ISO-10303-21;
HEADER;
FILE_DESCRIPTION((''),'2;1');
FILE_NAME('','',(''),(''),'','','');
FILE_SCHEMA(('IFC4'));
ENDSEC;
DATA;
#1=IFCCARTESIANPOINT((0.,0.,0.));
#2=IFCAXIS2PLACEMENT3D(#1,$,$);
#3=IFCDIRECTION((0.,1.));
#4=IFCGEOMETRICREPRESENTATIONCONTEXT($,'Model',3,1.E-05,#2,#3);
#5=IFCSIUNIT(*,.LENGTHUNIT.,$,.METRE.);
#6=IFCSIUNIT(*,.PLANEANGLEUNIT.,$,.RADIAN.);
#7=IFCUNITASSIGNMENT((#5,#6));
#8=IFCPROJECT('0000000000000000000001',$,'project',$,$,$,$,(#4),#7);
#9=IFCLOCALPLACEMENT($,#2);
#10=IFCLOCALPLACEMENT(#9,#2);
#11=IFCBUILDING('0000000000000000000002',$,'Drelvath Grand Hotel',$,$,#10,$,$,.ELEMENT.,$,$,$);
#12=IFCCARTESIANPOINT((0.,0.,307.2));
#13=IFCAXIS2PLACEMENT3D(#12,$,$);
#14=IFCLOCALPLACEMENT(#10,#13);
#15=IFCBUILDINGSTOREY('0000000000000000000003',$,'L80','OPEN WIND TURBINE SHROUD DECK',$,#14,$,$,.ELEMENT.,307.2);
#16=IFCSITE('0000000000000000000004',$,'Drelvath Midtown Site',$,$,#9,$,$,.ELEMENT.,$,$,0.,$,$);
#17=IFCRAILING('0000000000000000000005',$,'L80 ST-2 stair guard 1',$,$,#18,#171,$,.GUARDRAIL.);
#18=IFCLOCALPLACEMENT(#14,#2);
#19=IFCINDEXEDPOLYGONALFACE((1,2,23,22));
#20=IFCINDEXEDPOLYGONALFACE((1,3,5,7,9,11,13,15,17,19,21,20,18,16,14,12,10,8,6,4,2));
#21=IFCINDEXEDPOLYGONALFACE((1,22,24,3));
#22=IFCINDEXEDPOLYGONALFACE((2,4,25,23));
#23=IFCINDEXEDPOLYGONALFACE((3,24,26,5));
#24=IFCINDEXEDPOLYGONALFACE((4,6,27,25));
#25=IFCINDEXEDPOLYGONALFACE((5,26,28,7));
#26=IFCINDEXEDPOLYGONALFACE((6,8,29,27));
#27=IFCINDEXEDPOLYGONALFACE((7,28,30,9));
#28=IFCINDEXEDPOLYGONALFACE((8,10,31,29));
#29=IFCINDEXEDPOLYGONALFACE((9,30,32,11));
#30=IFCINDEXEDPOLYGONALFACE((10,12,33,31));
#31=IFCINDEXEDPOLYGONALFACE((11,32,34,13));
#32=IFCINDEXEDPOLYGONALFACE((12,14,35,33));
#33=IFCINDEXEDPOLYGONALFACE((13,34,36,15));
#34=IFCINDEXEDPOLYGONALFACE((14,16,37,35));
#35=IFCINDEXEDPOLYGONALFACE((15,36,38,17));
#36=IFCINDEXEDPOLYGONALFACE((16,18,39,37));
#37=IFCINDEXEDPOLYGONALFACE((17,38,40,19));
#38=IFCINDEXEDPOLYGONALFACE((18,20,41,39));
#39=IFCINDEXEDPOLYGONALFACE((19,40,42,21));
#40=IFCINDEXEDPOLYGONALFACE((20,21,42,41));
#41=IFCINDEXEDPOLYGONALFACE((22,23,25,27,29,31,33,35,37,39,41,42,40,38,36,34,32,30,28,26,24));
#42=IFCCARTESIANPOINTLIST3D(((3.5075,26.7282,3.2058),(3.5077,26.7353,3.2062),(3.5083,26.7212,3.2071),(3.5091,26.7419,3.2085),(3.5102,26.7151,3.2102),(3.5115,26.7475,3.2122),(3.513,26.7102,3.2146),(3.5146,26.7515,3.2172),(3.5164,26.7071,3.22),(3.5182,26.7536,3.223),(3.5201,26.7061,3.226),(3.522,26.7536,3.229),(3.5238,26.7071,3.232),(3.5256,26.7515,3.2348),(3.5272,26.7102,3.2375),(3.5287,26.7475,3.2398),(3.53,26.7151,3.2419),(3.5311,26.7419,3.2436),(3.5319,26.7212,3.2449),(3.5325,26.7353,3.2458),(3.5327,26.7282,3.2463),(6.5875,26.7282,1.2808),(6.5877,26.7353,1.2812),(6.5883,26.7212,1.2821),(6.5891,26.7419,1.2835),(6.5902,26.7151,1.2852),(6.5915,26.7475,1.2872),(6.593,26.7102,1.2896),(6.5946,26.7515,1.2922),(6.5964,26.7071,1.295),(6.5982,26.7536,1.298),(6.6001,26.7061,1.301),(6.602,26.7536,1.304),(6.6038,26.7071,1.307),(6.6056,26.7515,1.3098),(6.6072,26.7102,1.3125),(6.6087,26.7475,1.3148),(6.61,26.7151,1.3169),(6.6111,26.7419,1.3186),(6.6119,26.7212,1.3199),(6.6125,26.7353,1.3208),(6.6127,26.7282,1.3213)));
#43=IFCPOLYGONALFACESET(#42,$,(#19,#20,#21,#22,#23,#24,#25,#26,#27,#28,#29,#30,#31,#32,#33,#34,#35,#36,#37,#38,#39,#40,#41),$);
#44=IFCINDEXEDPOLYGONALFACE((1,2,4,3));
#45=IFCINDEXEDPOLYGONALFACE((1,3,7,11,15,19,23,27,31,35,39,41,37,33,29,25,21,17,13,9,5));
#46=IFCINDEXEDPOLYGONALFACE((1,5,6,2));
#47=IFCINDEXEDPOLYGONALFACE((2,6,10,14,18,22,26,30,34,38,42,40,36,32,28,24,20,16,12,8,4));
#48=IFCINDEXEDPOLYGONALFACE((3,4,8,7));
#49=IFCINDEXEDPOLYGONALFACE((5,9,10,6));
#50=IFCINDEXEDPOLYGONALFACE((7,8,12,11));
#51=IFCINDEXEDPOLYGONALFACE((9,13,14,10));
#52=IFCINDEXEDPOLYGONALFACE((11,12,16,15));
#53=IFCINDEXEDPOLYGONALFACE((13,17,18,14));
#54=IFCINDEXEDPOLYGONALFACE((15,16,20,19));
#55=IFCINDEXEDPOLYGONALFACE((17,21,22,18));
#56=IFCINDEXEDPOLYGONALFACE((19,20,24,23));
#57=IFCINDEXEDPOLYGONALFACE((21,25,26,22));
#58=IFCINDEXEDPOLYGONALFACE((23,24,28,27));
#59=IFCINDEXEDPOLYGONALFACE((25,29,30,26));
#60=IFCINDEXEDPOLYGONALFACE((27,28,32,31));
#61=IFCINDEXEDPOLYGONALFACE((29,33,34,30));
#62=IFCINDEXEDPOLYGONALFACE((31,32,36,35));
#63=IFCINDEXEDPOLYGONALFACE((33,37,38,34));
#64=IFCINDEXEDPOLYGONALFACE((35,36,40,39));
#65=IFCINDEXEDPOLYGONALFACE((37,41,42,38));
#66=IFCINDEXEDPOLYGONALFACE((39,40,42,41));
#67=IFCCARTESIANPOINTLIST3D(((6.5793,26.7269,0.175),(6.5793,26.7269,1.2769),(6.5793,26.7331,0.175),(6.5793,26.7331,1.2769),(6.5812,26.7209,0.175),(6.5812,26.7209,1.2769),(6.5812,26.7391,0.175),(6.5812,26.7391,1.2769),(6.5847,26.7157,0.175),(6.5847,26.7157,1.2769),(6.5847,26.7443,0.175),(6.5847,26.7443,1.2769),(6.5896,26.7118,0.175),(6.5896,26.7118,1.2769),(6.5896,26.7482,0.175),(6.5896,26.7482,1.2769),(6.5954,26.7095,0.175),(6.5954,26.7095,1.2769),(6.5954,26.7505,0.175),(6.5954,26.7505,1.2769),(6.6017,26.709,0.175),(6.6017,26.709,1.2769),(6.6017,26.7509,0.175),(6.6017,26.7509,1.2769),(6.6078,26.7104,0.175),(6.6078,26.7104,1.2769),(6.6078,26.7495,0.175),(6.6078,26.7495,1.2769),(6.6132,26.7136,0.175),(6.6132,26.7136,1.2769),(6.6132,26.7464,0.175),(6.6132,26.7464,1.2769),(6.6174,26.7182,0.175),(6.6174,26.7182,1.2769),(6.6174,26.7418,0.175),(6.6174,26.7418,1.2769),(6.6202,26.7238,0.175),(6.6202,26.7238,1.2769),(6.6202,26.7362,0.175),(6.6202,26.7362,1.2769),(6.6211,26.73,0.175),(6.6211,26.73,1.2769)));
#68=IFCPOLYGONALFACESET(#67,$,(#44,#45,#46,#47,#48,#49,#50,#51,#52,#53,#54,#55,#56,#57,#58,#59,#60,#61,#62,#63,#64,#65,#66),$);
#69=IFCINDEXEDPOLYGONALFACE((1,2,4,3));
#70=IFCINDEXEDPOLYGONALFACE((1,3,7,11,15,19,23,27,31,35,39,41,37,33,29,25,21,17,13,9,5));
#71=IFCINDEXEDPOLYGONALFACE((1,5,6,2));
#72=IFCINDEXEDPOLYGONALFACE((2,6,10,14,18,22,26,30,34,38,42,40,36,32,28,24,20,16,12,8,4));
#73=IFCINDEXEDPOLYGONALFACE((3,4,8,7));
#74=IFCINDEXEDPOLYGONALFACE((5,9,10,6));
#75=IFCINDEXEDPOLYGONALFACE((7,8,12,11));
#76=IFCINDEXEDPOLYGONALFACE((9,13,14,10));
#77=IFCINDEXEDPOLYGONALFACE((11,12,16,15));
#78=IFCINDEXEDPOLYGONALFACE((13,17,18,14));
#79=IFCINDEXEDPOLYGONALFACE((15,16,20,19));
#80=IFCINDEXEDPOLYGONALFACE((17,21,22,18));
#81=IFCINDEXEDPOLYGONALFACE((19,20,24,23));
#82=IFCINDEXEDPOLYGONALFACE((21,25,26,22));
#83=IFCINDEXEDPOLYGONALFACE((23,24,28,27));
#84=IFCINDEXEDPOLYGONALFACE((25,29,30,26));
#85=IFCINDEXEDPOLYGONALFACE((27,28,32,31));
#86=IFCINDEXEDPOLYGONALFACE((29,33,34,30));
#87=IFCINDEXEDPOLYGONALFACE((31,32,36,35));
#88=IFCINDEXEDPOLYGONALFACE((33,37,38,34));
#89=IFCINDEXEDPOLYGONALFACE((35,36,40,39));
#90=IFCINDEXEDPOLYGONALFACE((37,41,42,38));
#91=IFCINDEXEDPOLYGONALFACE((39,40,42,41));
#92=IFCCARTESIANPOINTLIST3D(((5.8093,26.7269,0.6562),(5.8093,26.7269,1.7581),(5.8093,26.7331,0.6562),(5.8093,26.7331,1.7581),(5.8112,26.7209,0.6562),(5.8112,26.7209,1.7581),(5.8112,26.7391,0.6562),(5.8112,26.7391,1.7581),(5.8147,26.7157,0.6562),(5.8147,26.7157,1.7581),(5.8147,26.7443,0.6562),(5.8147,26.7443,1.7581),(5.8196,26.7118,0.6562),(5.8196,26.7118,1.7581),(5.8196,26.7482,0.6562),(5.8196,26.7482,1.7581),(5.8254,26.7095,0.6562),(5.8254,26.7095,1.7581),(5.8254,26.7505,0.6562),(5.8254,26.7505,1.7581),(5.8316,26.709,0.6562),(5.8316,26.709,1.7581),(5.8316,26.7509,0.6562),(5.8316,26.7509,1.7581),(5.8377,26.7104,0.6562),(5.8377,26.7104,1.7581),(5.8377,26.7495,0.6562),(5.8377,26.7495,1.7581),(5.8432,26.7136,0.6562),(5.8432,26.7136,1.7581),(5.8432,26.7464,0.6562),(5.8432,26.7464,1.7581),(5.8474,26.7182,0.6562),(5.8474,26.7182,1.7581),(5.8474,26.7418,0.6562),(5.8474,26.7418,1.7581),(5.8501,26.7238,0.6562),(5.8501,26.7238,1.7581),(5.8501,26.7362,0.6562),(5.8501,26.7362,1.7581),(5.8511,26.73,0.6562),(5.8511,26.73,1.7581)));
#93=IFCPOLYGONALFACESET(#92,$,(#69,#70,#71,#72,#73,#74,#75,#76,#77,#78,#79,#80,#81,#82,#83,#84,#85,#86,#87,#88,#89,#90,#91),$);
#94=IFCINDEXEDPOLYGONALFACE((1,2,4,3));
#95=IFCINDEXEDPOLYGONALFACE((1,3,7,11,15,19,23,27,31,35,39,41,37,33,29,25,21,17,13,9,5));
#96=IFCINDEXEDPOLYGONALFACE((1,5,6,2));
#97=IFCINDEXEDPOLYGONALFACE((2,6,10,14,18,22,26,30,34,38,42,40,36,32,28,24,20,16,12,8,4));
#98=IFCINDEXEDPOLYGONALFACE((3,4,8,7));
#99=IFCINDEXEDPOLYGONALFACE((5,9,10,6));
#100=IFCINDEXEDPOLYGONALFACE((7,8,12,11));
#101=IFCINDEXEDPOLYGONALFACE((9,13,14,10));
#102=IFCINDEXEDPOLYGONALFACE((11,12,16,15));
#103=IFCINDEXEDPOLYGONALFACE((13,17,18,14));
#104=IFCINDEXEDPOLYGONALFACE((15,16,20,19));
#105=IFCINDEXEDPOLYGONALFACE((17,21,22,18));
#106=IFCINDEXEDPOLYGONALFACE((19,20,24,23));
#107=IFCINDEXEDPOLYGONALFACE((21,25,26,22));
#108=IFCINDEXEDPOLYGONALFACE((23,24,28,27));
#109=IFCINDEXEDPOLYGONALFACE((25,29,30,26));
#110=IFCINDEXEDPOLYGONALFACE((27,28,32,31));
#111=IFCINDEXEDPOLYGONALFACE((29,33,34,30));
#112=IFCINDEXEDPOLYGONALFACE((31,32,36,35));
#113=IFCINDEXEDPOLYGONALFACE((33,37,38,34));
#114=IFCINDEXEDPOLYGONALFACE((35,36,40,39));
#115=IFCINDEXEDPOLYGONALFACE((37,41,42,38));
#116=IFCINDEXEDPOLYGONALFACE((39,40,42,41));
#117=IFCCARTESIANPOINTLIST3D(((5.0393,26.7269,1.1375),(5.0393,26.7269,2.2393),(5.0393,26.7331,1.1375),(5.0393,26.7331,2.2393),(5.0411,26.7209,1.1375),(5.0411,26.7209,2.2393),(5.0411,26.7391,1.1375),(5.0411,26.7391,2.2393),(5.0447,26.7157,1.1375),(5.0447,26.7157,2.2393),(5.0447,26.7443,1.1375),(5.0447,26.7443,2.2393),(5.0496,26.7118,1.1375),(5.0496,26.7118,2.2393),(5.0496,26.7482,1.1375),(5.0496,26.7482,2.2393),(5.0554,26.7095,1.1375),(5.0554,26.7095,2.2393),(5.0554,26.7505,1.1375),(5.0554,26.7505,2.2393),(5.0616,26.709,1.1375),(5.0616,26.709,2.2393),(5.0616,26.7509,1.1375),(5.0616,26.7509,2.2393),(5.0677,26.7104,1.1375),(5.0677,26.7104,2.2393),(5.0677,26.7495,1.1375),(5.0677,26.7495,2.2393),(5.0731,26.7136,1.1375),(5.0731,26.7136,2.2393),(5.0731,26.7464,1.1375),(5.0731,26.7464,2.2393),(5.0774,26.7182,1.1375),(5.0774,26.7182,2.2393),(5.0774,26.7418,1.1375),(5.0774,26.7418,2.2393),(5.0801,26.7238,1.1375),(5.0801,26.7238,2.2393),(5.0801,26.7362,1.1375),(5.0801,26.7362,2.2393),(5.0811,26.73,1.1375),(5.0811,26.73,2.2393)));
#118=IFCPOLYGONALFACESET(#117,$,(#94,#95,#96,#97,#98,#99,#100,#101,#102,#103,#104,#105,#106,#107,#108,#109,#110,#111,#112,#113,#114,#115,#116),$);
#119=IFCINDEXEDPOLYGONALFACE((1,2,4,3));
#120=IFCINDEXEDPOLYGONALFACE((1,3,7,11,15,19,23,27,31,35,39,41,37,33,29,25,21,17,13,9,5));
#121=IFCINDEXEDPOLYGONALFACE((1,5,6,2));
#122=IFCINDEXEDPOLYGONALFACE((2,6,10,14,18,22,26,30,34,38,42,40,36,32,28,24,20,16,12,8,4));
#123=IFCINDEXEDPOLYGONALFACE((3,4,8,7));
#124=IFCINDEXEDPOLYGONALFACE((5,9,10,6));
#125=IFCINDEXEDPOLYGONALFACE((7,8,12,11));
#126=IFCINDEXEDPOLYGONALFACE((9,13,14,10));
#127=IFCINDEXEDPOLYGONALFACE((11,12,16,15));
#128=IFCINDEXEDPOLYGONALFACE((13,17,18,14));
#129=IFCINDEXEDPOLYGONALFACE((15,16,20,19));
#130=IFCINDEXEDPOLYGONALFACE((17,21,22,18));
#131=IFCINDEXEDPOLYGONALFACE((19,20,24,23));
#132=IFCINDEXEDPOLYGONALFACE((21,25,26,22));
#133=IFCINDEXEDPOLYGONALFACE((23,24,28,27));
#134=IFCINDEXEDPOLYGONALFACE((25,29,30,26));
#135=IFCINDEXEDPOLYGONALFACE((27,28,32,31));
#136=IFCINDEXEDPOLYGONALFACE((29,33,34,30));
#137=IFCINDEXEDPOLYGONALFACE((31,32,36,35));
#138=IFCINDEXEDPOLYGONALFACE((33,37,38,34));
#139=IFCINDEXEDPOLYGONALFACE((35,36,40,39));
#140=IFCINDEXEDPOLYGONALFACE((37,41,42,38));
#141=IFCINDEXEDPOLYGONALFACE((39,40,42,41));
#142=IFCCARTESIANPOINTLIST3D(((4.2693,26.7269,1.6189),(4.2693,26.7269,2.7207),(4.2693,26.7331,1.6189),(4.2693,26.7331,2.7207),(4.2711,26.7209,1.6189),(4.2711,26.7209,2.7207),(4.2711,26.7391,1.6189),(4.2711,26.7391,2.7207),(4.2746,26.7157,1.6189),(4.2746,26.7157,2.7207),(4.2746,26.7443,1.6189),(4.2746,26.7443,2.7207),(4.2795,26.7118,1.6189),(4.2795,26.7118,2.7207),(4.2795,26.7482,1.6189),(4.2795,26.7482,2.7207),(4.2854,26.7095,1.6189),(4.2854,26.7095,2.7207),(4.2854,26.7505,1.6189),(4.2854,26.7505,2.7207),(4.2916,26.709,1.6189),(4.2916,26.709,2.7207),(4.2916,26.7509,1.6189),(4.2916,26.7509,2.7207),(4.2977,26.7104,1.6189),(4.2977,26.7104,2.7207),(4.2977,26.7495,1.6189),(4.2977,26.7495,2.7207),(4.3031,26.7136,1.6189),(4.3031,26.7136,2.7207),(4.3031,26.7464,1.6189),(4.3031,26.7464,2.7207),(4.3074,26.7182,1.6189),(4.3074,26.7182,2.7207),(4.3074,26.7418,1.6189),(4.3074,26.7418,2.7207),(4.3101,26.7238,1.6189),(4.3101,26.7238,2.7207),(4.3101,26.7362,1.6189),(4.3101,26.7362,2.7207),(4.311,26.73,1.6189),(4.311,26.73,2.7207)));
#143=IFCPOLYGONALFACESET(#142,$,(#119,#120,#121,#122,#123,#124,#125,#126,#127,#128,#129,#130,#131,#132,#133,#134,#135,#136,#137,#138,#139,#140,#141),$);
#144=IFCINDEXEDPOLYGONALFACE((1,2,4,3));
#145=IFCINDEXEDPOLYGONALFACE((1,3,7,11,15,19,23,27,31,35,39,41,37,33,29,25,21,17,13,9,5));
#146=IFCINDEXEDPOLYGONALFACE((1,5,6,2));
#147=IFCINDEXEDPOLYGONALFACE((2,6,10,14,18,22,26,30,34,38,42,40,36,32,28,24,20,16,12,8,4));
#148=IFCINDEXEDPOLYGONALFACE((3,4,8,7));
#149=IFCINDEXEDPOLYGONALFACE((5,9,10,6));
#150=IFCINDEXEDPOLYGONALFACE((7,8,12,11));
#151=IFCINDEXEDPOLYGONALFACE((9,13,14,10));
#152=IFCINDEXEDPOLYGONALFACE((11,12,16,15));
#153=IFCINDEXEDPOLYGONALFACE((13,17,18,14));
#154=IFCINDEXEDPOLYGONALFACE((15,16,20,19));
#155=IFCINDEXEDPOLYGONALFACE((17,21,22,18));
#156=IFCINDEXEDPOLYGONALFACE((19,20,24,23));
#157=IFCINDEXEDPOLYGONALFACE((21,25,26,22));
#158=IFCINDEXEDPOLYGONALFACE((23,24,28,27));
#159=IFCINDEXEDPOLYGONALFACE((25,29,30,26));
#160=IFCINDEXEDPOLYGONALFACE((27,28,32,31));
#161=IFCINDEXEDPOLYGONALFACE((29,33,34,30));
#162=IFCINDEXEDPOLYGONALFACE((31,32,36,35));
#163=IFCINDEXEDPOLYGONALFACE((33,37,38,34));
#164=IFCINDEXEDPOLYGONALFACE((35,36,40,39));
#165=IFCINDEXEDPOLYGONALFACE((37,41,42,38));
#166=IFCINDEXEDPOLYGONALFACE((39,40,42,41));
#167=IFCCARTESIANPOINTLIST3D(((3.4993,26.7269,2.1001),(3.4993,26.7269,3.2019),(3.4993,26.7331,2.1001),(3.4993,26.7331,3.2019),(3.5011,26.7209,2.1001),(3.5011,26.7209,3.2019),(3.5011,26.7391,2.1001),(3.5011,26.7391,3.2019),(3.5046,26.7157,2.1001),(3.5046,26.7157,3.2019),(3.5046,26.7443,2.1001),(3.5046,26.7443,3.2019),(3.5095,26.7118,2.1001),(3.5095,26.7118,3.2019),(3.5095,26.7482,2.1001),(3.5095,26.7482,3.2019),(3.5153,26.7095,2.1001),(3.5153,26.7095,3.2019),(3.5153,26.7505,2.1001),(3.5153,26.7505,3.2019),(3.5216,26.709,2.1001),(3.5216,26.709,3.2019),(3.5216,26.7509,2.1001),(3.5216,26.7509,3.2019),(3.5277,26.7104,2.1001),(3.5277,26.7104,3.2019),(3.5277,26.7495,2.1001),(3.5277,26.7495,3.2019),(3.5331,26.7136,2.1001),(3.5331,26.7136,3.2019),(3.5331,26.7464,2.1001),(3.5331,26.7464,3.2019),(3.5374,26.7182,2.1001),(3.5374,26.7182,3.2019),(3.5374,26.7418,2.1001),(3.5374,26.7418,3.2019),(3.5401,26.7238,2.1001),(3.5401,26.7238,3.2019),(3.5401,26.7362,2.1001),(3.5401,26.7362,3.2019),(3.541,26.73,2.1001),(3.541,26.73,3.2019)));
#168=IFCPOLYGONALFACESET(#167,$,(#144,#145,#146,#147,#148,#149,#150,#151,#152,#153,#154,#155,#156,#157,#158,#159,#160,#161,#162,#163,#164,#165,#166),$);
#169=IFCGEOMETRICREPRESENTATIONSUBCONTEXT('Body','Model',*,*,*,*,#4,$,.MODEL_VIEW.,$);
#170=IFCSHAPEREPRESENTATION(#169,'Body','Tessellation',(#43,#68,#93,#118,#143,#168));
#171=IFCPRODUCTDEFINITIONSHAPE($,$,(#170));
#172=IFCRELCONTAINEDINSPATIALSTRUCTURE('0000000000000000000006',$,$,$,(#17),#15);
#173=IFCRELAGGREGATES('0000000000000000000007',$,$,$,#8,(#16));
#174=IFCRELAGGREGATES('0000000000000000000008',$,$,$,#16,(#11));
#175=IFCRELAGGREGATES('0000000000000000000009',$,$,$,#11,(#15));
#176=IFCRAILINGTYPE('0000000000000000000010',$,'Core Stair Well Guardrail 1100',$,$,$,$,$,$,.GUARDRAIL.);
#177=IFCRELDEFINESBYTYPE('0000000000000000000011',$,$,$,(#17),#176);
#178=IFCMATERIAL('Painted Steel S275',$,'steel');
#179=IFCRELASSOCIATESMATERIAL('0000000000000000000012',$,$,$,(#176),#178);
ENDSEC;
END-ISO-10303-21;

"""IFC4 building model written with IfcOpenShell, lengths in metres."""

from ifc_helpers import new_model, si_unit, direction, frame, origin, origin_2d, place, context, subcontext, project, spatial, circle, extrude, material, type_object, element, save


model = new_model("IFC4")

# Units and contexts
model_context = context("Model", 3, precision=1e-05, world=origin(), true_north=direction((0.0, 1.0)))
body_context = subcontext(model_context, "Body", "Model", "MODEL_VIEW")
ifc_project = project(units=[si_unit("LENGTHUNIT", "METRE"), si_unit("PLANEANGLEUNIT", "RADIAN")], contexts=[model_context])

# Site, building, storey
site_placement = place(None, origin())
site = spatial("IfcSite", under=ifc_project, at=site_placement, Name="Drelvath Midtown Site", CompositionType="ELEMENT", RefElevation=0.0)
building_placement = place(site_placement, origin())
building = spatial("IfcBuilding", under=site, at=building_placement, Name="Drelvath Grand Hotel", CompositionType="ELEMENT")
storey_placement = place(building_placement, frame((0.0, 0.0, 307.2)))
storey = spatial("IfcBuildingStorey", under=building, at=storey_placement, Name="L80", Description="OPEN WIND TURBINE SHROUD DECK", CompositionType="ELEMENT", Elevation=307.2)

# Shared definitions
ifc_material_1 = material(Name="Painted Steel S275", Category="steel")

# Railing
railing_type_1 = type_object("IfcRailingType", Name="Core Stair Well Guardrail 1100", PredefinedType="GUARDRAIL", material=ifc_material_1)
railing_1_placement = place(storey_placement, frame((6.6001, 26.73, 0.175)))
element("IfcRailing", 1, at=railing_1_placement, inside=storey, type_object=railing_type_1, Name="L80 ST-2 stair guard 1", PredefinedType="GUARDRAIL", context=body_context, shape_type="SweptSolid", body=[
    extrude(circle(Radius=0.0239, at=origin_2d()), frame((0.0, 0.0, 1.126), z_axis=(-0.847998, 0.0, 0.529999), x_axis=(0.0, -1.0, 0.0)), (0.0, 0.0, 1.0), 3.6321),
    extrude(circle(Radius=0.021, at=origin_2d()), origin(), (0.0, 0.0, 1.0), 1.1018),
    extrude(circle(Radius=0.021, at=origin_2d()), frame((-0.77, 0.0, 0.4812)), (0.0, 0.0, 1.0), 1.1018),
    extrude(circle(Radius=0.021, at=origin_2d()), frame((-1.54, 0.0, 0.9624)), (0.0, 0.0, 1.0), 1.1018),
    extrude(circle(Radius=0.021, at=origin_2d()), frame((-2.3101, 0.0, 1.4438)), (0.0, 0.0, 1.0), 1.1018),
    extrude(circle(Radius=0.021, at=origin_2d()), frame((-3.0801, 0.0, 1.925)), (0.0, 0.0, 1.0), 1.1018),
])

save(model, "model.ifc")
